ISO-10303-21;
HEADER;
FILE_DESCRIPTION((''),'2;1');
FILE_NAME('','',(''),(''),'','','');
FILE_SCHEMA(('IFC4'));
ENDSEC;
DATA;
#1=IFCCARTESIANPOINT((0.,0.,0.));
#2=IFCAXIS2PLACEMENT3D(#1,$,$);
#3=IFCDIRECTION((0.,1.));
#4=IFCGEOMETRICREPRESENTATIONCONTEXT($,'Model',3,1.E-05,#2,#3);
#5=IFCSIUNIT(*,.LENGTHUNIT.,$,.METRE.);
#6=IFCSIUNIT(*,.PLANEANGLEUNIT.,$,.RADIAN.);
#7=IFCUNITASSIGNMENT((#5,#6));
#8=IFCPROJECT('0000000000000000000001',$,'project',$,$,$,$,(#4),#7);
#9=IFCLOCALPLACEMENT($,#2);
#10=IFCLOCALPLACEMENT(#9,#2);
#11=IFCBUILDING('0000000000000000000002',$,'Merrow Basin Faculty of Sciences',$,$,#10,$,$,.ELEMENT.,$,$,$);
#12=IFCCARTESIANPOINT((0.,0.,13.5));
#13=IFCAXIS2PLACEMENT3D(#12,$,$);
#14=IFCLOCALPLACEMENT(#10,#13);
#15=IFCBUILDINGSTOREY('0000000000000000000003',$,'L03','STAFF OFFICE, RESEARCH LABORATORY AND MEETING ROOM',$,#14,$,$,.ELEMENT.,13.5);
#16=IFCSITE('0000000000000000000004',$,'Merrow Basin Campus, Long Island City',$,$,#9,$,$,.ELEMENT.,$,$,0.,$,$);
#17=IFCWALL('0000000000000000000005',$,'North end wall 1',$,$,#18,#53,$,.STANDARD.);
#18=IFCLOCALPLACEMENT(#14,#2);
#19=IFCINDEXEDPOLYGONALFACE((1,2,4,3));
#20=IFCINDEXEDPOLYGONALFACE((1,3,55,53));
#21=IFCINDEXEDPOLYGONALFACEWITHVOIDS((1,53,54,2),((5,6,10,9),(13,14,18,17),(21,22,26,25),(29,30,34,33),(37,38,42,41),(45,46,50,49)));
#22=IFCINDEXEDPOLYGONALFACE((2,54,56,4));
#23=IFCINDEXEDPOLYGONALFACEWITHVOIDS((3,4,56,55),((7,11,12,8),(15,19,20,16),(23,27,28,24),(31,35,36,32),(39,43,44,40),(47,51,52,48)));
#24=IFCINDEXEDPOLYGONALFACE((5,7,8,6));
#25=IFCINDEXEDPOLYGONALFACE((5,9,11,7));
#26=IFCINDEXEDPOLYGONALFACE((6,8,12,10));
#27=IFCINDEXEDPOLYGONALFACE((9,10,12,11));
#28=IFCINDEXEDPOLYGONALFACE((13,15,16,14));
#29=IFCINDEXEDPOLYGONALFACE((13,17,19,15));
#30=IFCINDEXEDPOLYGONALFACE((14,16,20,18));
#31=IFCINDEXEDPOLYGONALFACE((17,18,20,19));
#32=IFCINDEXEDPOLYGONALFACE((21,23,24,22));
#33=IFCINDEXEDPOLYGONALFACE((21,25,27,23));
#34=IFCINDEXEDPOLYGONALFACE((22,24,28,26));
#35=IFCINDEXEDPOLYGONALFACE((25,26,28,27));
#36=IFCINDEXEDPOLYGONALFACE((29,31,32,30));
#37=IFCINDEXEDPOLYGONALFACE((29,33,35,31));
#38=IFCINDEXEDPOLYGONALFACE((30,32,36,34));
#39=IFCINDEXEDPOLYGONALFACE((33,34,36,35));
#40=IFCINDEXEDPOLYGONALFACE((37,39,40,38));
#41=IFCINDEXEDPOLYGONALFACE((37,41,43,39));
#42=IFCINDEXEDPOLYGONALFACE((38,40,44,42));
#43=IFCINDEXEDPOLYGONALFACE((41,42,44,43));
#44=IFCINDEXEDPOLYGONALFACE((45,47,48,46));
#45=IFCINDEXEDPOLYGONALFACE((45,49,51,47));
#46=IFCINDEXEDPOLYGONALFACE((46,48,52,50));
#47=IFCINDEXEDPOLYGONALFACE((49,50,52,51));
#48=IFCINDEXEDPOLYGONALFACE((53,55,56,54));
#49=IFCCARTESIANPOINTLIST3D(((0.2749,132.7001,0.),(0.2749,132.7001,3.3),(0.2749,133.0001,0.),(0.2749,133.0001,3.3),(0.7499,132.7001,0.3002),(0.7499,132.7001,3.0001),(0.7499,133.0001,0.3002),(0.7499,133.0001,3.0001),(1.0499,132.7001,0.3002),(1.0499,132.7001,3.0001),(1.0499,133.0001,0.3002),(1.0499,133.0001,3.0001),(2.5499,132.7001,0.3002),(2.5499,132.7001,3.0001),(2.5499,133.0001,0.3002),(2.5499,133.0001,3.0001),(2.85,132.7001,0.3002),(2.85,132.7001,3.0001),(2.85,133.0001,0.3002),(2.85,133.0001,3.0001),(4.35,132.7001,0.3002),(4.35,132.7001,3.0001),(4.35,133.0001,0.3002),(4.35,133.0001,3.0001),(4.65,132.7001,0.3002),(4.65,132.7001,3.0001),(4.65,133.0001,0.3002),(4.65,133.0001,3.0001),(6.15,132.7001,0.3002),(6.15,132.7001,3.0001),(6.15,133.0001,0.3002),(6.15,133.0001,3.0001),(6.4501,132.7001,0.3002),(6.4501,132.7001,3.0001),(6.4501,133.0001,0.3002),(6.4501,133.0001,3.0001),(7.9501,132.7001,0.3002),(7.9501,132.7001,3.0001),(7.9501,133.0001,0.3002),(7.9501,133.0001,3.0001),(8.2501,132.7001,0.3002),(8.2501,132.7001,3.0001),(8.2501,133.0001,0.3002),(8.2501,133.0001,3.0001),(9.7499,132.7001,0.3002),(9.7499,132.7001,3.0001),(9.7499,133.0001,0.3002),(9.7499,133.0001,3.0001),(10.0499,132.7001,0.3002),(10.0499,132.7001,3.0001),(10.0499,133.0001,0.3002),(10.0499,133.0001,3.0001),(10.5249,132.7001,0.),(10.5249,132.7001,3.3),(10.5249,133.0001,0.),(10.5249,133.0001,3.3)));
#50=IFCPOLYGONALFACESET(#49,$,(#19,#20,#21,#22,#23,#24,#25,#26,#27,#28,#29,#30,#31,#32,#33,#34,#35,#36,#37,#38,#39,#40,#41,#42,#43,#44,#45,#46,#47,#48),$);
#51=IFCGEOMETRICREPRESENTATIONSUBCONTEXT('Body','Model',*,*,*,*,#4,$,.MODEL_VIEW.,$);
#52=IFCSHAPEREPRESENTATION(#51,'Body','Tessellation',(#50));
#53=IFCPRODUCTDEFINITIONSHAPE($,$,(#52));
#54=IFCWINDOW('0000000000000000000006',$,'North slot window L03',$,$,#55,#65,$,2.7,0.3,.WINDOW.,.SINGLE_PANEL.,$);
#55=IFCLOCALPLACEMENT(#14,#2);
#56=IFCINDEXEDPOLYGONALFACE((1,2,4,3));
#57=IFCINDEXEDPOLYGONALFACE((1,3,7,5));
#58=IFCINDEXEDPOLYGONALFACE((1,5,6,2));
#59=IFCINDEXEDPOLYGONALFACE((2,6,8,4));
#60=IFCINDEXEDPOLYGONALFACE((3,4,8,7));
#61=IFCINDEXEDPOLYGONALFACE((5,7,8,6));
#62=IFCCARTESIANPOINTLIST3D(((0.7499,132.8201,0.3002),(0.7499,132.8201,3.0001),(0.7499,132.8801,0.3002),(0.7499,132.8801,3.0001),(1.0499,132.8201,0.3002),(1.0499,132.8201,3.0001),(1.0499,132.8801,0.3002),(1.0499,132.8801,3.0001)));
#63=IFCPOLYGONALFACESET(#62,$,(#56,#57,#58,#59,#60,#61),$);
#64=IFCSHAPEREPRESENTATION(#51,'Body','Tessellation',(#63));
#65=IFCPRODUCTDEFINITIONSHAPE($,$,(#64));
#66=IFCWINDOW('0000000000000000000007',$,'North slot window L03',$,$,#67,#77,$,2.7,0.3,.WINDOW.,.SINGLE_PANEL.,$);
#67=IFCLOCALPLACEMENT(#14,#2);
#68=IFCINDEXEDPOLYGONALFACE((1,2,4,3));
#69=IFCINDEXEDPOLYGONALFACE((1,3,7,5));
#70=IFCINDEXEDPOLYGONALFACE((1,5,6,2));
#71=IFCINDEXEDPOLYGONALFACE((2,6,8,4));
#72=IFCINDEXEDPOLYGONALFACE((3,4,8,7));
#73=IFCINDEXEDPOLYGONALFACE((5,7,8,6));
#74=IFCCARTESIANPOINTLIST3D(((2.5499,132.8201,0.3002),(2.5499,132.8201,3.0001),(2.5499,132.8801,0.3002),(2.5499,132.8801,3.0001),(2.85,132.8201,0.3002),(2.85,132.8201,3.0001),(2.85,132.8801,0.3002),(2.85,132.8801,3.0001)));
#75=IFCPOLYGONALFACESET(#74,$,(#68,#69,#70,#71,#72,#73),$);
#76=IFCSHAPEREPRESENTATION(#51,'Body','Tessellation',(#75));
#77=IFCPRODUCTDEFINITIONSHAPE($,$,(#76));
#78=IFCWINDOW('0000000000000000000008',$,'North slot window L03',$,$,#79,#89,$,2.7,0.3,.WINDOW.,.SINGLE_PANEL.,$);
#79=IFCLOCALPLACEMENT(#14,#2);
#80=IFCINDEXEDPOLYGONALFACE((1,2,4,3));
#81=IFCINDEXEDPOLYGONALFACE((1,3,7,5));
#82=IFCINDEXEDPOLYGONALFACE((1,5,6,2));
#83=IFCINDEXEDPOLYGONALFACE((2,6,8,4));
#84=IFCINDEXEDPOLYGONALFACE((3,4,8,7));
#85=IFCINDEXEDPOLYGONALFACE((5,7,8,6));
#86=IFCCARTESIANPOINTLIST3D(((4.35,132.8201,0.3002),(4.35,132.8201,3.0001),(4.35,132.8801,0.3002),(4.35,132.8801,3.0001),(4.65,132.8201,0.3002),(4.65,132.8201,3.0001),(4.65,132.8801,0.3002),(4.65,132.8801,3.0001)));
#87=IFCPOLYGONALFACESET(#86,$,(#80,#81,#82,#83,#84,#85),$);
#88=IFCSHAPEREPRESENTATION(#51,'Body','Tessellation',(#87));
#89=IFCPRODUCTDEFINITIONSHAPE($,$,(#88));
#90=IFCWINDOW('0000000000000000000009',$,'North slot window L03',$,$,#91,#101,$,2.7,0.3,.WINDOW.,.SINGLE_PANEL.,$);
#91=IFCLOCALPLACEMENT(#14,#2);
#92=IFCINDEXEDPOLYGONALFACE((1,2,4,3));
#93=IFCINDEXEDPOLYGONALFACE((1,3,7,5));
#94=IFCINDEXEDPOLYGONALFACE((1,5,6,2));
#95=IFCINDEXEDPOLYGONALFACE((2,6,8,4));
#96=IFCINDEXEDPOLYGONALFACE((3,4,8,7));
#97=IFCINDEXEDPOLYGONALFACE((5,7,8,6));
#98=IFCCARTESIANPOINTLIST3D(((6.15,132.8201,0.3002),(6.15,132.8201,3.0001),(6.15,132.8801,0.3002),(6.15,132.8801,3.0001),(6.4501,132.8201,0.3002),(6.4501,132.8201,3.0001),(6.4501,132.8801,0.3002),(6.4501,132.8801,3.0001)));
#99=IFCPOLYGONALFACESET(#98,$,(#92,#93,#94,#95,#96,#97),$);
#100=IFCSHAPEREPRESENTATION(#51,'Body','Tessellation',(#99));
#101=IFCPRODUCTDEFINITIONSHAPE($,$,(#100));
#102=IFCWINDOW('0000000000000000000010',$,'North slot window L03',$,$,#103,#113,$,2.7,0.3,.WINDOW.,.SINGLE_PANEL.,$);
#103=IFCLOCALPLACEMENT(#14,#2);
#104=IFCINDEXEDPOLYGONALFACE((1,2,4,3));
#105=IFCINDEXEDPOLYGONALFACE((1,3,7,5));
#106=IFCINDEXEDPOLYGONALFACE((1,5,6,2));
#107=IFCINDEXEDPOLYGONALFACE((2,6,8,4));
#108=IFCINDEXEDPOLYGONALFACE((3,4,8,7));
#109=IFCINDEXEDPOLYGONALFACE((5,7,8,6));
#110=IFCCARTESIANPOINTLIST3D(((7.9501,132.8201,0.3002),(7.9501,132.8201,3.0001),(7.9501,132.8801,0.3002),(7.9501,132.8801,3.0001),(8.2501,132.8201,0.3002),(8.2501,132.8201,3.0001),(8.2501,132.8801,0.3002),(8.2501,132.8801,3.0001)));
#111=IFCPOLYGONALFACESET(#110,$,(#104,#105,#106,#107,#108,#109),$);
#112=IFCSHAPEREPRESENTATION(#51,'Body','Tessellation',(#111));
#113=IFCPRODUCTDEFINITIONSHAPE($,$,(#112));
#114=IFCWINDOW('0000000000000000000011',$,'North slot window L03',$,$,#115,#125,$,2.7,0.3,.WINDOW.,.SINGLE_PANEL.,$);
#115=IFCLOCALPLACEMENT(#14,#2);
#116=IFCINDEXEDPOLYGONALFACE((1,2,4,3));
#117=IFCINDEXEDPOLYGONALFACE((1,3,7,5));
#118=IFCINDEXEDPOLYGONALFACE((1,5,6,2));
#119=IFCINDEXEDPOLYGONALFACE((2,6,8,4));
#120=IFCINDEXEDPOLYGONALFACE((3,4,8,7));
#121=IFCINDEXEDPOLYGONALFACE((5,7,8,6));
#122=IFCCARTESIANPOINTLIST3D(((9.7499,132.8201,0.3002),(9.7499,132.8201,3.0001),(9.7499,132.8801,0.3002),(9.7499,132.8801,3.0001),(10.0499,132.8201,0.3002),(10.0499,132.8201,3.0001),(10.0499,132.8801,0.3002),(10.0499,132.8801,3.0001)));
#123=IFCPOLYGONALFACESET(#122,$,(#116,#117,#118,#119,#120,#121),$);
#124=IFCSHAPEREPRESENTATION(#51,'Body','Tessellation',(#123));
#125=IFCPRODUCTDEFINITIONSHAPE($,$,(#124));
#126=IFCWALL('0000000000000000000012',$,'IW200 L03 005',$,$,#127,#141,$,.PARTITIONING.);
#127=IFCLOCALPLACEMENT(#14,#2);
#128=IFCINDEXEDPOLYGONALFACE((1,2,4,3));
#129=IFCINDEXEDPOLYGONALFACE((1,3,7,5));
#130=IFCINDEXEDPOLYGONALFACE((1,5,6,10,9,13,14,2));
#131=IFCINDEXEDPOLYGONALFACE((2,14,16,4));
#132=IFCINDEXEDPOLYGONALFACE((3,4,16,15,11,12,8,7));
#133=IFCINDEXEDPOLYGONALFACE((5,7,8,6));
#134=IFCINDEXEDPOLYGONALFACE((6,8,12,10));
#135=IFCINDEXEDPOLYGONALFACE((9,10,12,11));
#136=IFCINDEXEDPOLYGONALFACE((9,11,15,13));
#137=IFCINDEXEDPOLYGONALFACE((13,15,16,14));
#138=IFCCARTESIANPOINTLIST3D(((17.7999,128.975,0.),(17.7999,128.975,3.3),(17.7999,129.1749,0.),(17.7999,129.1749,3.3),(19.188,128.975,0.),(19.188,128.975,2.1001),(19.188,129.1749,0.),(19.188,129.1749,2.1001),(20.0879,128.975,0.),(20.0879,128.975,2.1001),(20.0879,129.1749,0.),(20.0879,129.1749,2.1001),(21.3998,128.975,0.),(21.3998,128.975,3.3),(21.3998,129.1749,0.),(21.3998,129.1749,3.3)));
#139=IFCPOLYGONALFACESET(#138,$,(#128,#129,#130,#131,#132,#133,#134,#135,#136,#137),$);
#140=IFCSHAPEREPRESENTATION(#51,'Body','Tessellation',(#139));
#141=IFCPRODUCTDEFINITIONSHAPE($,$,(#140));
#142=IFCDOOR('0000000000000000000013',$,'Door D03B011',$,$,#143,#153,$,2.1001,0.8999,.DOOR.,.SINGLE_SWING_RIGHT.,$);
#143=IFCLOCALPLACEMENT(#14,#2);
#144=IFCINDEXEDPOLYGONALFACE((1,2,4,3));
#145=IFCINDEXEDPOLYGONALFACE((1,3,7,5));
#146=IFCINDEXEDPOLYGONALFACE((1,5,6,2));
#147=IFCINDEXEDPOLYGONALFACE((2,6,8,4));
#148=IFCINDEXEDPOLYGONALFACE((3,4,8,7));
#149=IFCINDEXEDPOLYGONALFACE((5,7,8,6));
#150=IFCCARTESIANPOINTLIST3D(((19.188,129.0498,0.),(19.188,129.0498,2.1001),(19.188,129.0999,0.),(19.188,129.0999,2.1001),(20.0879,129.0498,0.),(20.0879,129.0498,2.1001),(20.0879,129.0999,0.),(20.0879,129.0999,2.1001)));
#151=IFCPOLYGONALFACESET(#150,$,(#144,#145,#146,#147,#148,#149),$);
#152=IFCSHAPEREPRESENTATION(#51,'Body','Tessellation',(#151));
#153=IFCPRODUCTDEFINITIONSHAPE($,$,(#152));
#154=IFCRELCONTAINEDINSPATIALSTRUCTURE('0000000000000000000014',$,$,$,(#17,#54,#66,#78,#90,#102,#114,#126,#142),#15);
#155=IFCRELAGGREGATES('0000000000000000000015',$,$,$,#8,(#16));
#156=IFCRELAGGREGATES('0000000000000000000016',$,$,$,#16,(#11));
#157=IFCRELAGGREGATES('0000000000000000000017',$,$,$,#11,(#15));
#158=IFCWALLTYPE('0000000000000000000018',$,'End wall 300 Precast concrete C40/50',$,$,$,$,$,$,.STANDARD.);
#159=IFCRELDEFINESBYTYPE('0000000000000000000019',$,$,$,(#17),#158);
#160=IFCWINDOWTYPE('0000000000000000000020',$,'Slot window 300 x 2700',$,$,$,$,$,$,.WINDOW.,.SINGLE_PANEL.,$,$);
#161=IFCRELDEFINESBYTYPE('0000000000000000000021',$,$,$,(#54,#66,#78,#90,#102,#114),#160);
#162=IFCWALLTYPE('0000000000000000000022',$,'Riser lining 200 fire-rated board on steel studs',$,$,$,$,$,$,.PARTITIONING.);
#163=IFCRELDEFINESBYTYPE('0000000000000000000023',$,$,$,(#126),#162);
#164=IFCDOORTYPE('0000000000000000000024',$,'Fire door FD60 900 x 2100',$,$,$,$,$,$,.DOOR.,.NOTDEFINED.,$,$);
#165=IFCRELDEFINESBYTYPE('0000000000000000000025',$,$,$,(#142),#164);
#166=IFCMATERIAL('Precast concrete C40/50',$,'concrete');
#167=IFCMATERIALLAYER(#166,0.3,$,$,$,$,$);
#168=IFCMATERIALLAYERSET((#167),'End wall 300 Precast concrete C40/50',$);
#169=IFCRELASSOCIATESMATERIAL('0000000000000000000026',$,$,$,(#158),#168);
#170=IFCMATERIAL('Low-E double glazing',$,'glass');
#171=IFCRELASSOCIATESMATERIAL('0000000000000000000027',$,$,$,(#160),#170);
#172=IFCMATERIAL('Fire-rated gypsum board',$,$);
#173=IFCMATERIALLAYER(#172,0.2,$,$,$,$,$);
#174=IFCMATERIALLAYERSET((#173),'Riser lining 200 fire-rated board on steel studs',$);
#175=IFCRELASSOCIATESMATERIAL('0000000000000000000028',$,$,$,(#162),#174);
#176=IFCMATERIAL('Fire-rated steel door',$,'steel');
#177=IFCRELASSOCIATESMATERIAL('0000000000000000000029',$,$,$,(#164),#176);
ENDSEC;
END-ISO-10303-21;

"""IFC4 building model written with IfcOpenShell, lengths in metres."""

from ifc_helpers import new_model, si_unit, direction, frame, frame_2d, origin, place, context, subcontext, project, spatial, rectangle, extrude, material, layer, layer_set, type_object, element, fill, save


model = new_model("IFC4")

# Units and contexts
model_context = context("Model", 3, precision=1e-05, world=origin(), true_north=direction((0.0, 1.0)))
body_context = subcontext(model_context, "Body", "Model", "MODEL_VIEW")
ifc_project = project(units=[si_unit("LENGTHUNIT", "METRE"), si_unit("PLANEANGLEUNIT", "RADIAN")], contexts=[model_context])

# Site, building, storey
site_placement = place(None, origin())
site = spatial("IfcSite", under=ifc_project, at=site_placement, Name="Merrow Basin Campus, Long Island City", CompositionType="ELEMENT", RefElevation=0.0)
building_placement = place(site_placement, origin())
building = spatial("IfcBuilding", under=site, at=building_placement, Name="Merrow Basin Faculty of Sciences", CompositionType="ELEMENT")
storey_placement = place(building_placement, frame((0.0, 0.0, 13.5)))
storey = spatial("IfcBuildingStorey", under=building, at=storey_placement, Name="L03", Description="STAFF OFFICE, RESEARCH LABORATORY AND MEETING ROOM", CompositionType="ELEMENT", Elevation=13.5)

# Wall, openings, windows
ifc_material_1 = material(Name="Precast concrete C40/50", Category="concrete")
ifc_layer_1 = layer(ifc_material_1, 0.3)
ifc_layer_set_1 = layer_set([ifc_layer_1], Name="End wall 300 Precast concrete C40/50")
wall_type_1 = type_object("IfcWallType", Name="End wall 300 Precast concrete C40/50", PredefinedType="STANDARD", material=ifc_layer_set_1)
wall_1_placement = place(storey_placement, frame((10.5249, 132.8501, 0.0), z_axis=(0.0, 0.0, 1.0), x_axis=(-1.0, 0.0, 0.0)))
wall_1 = element("IfcWall", 1, at=wall_1_placement, inside=storey, type_object=wall_type_1, Name="North end wall 1", PredefinedType="STANDARD", context=body_context, shape_type="SweptSolid", body=[
    extrude(rectangle(XDim=10.25, YDim=0.3, at=frame_2d((5.125, 0.0))), origin(), (0.0, 0.0, 1.0), 3.3),
])
opening_1_placement = place(wall_1_placement, frame((9.4751, 0.0, 0.3)))
opening_1 = element("IfcOpeningElement", 2, at=opening_1_placement, cuts=wall_1, PredefinedType="OPENING", context=body_context, shape_type="SweptSolid", body=[
    extrude(rectangle(XDim=0.3, YDim=2.7, at=frame_2d((0.1499, 1.3501))), frame((0.0, 0.1599, 0.0), z_axis=(0.0, -1.0, 0.0), x_axis=(1.0, 0.0, 0.0)), (0.0, 0.0, 1.0), 0.3201),
])
opening_2_placement = place(wall_1_placement, frame((7.675, 0.0, 0.3)))
opening_2 = element("IfcOpeningElement", 3, at=opening_2_placement, cuts=wall_1, PredefinedType="OPENING", context=body_context, shape_type="SweptSolid", body=[
    extrude(rectangle(XDim=0.3, YDim=2.7, at=frame_2d((0.1499, 1.3501))), frame((0.0, 0.1599, 0.0), z_axis=(0.0, -1.0, 0.0), x_axis=(1.0, 0.0, 0.0)), (0.0, 0.0, 1.0), 0.3201),
])
opening_3_placement = place(wall_1_placement, frame((5.875, 0.0, 0.3)))
opening_3 = element("IfcOpeningElement", 4, at=opening_3_placement, cuts=wall_1, PredefinedType="OPENING", context=body_context, shape_type="SweptSolid", body=[
    extrude(rectangle(XDim=0.3, YDim=2.7, at=frame_2d((0.1499, 1.3501))), frame((0.0, 0.1599, 0.0), z_axis=(0.0, -1.0, 0.0), x_axis=(1.0, 0.0, 0.0)), (0.0, 0.0, 1.0), 0.3201),
])
opening_4_placement = place(wall_1_placement, frame((4.075, 0.0, 0.3)))
opening_4 = element("IfcOpeningElement", 5, at=opening_4_placement, cuts=wall_1, PredefinedType="OPENING", context=body_context, shape_type="SweptSolid", body=[
    extrude(rectangle(XDim=0.3, YDim=2.7, at=frame_2d((0.1499, 1.3501))), frame((0.0, 0.1599, 0.0), z_axis=(0.0, -1.0, 0.0), x_axis=(1.0, 0.0, 0.0)), (0.0, 0.0, 1.0), 0.3201),
])
opening_5_placement = place(wall_1_placement, frame((2.2749, 0.0, 0.3)))
opening_5 = element("IfcOpeningElement", 6, at=opening_5_placement, cuts=wall_1, PredefinedType="OPENING", context=body_context, shape_type="SweptSolid", body=[
    extrude(rectangle(XDim=0.3, YDim=2.7, at=frame_2d((0.1499, 1.3501))), frame((0.0, 0.1599, 0.0), z_axis=(0.0, -1.0, 0.0), x_axis=(1.0, 0.0, 0.0)), (0.0, 0.0, 1.0), 0.3201),
])
opening_6_placement = place(wall_1_placement, frame((0.4751, 0.0, 0.3)))
opening_6 = element("IfcOpeningElement", 7, at=opening_6_placement, cuts=wall_1, PredefinedType="OPENING", context=body_context, shape_type="SweptSolid", body=[
    extrude(rectangle(XDim=0.3, YDim=2.7, at=frame_2d((0.1499, 1.3501))), frame((0.0, 0.1599, 0.0), z_axis=(0.0, -1.0, 0.0), x_axis=(1.0, 0.0, 0.0)), (0.0, 0.0, 1.0), 0.3201),
])
ifc_material_2 = material(Name="Low-E double glazing", Category="glass")
window_type = type_object("IfcWindowType", Name="Slot window 300 x 2700", PartitioningType="SINGLE_PANEL", PredefinedType="WINDOW", material=ifc_material_2)
window_1_placement = place(opening_1_placement, origin())
window_1 = element("IfcWindow", 8, at=window_1_placement, inside=storey, type_object=window_type, Name="North slot window L03", OverallHeight=2.7, OverallWidth=0.3, PartitioningType="SINGLE_PANEL", PredefinedType="WINDOW", context=body_context, shape_type="SweptSolid", body=[
    extrude(rectangle(XDim=0.3, YDim=2.7, at=frame_2d((0.1499, 1.3501))), frame((0.0, 0.03, 0.0), z_axis=(0.0, -1.0, 0.0), x_axis=(1.0, 0.0, 0.0)), (0.0, 0.0, 1.0), 0.0601),
])
fill(opening_1, window_1)
window_2_placement = place(opening_2_placement, origin())
window_2 = element("IfcWindow", 9, at=window_2_placement, inside=storey, type_object=window_type, Name="North slot window L03", OverallHeight=2.7, OverallWidth=0.3, PartitioningType="SINGLE_PANEL", PredefinedType="WINDOW", context=body_context, shape_type="SweptSolid", body=[
    extrude(rectangle(XDim=0.3, YDim=2.7, at=frame_2d((0.1499, 1.3501))), frame((0.0, 0.03, 0.0), z_axis=(0.0, -1.0, 0.0), x_axis=(1.0, 0.0, 0.0)), (0.0, 0.0, 1.0), 0.0601),
])
fill(opening_2, window_2)
window_3_placement = place(opening_3_placement, origin())
window_3 = element("IfcWindow", 10, at=window_3_placement, inside=storey, type_object=window_type, Name="North slot window L03", OverallHeight=2.7, OverallWidth=0.3, PartitioningType="SINGLE_PANEL", PredefinedType="WINDOW", context=body_context, shape_type="SweptSolid", body=[
    extrude(rectangle(XDim=0.3, YDim=2.7, at=frame_2d((0.1499, 1.3501))), frame((0.0, 0.03, 0.0), z_axis=(0.0, -1.0, 0.0), x_axis=(1.0, 0.0, 0.0)), (0.0, 0.0, 1.0), 0.0601),
])
fill(opening_3, window_3)
window_4_placement = place(opening_4_placement, origin())
window_4 = element("IfcWindow", 11, at=window_4_placement, inside=storey, type_object=window_type, Name="North slot window L03", OverallHeight=2.7, OverallWidth=0.3, PartitioningType="SINGLE_PANEL", PredefinedType="WINDOW", context=body_context, shape_type="SweptSolid", body=[
    extrude(rectangle(XDim=0.3, YDim=2.7, at=frame_2d((0.1499, 1.3501))), frame((0.0, 0.03, 0.0), z_axis=(0.0, -1.0, 0.0), x_axis=(1.0, 0.0, 0.0)), (0.0, 0.0, 1.0), 0.0601),
])
fill(opening_4, window_4)
window_5_placement = place(opening_5_placement, origin())
window_5 = element("IfcWindow", 12, at=window_5_placement, inside=storey, type_object=window_type, Name="North slot window L03", OverallHeight=2.7, OverallWidth=0.3, PartitioningType="SINGLE_PANEL", PredefinedType="WINDOW", context=body_context, shape_type="SweptSolid", body=[
    extrude(rectangle(XDim=0.3, YDim=2.7, at=frame_2d((0.1499, 1.3501))), frame((0.0, 0.03, 0.0), z_axis=(0.0, -1.0, 0.0), x_axis=(1.0, 0.0, 0.0)), (0.0, 0.0, 1.0), 0.0601),
])
fill(opening_5, window_5)
window_6_placement = place(opening_6_placement, origin())
window_6 = element("IfcWindow", 13, at=window_6_placement, inside=storey, type_object=window_type, Name="North slot window L03", OverallHeight=2.7, OverallWidth=0.3, PartitioningType="SINGLE_PANEL", PredefinedType="WINDOW", context=body_context, shape_type="SweptSolid", body=[
    extrude(rectangle(XDim=0.3, YDim=2.7, at=frame_2d((0.1499, 1.3501))), frame((0.0, 0.03, 0.0), z_axis=(0.0, -1.0, 0.0), x_axis=(1.0, 0.0, 0.0)), (0.0, 0.0, 1.0), 0.0601),
])
fill(opening_6, window_6)

# Wall, opening, door
ifc_material_3 = material(Name="Fire-rated gypsum board")
ifc_layer_2 = layer(ifc_material_3, 0.2)
ifc_layer_set_2 = layer_set([ifc_layer_2], Name="Riser lining 200 fire-rated board on steel studs")
wall_type_2 = type_object("IfcWallType", Name="Riser lining 200 fire-rated board on steel studs", PredefinedType="PARTITIONING", material=ifc_layer_set_2)
wall_2_placement = place(storey_placement, frame((17.8, 129.075, 0.0), z_axis=(0.0, 0.0, 1.0), x_axis=(1.0, 0.0, 0.0)))
wall_2 = element("IfcWall", 14, at=wall_2_placement, inside=storey, type_object=wall_type_2, Name="IW200 L03 005", PredefinedType="PARTITIONING", context=body_context, shape_type="SweptSolid", body=[
    extrude(rectangle(XDim=3.5999, YDim=0.2, at=frame_2d((1.7998, 0.0))), origin(), (0.0, 0.0, 1.0), 3.3),
])
opening_7_placement = place(wall_2_placement, frame((1.3879, 0.0, 0.0)))
opening_7 = element("IfcOpeningElement", 15, at=opening_7_placement, cuts=wall_2, PredefinedType="OPENING", context=body_context, shape_type="SweptSolid", body=[
    extrude(rectangle(XDim=0.8999, YDim=2.1001, at=frame_2d((0.45, 1.05))), frame((0.0, 0.1099, 0.0), z_axis=(0.0, -1.0, 0.0), x_axis=(1.0, 0.0, 0.0)), (0.0, 0.0, 1.0), 0.22),
])
ifc_material_4 = material(Name="Fire-rated steel door", Category="steel")
door_type_1 = type_object("IfcDoorType", Name="Fire door FD60 900 x 2100", OperationType="NOTDEFINED", PredefinedType="DOOR", material=ifc_material_4)
door_1_placement = place(opening_7_placement, origin())
door_1 = element("IfcDoor", 16, at=door_1_placement, inside=storey, type_object=door_type_1, Name="Door D03B011", OperationType="SINGLE_SWING_RIGHT", OverallHeight=2.1001, OverallWidth=0.8999, PredefinedType="DOOR", context=body_context, shape_type="SweptSolid", body=[
    extrude(rectangle(XDim=0.8999, YDim=2.1001, at=frame_2d((0.45, 1.05))), frame((0.0, 0.0249, 0.0), z_axis=(0.0, -1.0, 0.0), x_axis=(1.0, 0.0, 0.0)), (0.0, 0.0, 1.0), 0.05),
])
fill(opening_7, door_1)

save(model, "model.ifc")
